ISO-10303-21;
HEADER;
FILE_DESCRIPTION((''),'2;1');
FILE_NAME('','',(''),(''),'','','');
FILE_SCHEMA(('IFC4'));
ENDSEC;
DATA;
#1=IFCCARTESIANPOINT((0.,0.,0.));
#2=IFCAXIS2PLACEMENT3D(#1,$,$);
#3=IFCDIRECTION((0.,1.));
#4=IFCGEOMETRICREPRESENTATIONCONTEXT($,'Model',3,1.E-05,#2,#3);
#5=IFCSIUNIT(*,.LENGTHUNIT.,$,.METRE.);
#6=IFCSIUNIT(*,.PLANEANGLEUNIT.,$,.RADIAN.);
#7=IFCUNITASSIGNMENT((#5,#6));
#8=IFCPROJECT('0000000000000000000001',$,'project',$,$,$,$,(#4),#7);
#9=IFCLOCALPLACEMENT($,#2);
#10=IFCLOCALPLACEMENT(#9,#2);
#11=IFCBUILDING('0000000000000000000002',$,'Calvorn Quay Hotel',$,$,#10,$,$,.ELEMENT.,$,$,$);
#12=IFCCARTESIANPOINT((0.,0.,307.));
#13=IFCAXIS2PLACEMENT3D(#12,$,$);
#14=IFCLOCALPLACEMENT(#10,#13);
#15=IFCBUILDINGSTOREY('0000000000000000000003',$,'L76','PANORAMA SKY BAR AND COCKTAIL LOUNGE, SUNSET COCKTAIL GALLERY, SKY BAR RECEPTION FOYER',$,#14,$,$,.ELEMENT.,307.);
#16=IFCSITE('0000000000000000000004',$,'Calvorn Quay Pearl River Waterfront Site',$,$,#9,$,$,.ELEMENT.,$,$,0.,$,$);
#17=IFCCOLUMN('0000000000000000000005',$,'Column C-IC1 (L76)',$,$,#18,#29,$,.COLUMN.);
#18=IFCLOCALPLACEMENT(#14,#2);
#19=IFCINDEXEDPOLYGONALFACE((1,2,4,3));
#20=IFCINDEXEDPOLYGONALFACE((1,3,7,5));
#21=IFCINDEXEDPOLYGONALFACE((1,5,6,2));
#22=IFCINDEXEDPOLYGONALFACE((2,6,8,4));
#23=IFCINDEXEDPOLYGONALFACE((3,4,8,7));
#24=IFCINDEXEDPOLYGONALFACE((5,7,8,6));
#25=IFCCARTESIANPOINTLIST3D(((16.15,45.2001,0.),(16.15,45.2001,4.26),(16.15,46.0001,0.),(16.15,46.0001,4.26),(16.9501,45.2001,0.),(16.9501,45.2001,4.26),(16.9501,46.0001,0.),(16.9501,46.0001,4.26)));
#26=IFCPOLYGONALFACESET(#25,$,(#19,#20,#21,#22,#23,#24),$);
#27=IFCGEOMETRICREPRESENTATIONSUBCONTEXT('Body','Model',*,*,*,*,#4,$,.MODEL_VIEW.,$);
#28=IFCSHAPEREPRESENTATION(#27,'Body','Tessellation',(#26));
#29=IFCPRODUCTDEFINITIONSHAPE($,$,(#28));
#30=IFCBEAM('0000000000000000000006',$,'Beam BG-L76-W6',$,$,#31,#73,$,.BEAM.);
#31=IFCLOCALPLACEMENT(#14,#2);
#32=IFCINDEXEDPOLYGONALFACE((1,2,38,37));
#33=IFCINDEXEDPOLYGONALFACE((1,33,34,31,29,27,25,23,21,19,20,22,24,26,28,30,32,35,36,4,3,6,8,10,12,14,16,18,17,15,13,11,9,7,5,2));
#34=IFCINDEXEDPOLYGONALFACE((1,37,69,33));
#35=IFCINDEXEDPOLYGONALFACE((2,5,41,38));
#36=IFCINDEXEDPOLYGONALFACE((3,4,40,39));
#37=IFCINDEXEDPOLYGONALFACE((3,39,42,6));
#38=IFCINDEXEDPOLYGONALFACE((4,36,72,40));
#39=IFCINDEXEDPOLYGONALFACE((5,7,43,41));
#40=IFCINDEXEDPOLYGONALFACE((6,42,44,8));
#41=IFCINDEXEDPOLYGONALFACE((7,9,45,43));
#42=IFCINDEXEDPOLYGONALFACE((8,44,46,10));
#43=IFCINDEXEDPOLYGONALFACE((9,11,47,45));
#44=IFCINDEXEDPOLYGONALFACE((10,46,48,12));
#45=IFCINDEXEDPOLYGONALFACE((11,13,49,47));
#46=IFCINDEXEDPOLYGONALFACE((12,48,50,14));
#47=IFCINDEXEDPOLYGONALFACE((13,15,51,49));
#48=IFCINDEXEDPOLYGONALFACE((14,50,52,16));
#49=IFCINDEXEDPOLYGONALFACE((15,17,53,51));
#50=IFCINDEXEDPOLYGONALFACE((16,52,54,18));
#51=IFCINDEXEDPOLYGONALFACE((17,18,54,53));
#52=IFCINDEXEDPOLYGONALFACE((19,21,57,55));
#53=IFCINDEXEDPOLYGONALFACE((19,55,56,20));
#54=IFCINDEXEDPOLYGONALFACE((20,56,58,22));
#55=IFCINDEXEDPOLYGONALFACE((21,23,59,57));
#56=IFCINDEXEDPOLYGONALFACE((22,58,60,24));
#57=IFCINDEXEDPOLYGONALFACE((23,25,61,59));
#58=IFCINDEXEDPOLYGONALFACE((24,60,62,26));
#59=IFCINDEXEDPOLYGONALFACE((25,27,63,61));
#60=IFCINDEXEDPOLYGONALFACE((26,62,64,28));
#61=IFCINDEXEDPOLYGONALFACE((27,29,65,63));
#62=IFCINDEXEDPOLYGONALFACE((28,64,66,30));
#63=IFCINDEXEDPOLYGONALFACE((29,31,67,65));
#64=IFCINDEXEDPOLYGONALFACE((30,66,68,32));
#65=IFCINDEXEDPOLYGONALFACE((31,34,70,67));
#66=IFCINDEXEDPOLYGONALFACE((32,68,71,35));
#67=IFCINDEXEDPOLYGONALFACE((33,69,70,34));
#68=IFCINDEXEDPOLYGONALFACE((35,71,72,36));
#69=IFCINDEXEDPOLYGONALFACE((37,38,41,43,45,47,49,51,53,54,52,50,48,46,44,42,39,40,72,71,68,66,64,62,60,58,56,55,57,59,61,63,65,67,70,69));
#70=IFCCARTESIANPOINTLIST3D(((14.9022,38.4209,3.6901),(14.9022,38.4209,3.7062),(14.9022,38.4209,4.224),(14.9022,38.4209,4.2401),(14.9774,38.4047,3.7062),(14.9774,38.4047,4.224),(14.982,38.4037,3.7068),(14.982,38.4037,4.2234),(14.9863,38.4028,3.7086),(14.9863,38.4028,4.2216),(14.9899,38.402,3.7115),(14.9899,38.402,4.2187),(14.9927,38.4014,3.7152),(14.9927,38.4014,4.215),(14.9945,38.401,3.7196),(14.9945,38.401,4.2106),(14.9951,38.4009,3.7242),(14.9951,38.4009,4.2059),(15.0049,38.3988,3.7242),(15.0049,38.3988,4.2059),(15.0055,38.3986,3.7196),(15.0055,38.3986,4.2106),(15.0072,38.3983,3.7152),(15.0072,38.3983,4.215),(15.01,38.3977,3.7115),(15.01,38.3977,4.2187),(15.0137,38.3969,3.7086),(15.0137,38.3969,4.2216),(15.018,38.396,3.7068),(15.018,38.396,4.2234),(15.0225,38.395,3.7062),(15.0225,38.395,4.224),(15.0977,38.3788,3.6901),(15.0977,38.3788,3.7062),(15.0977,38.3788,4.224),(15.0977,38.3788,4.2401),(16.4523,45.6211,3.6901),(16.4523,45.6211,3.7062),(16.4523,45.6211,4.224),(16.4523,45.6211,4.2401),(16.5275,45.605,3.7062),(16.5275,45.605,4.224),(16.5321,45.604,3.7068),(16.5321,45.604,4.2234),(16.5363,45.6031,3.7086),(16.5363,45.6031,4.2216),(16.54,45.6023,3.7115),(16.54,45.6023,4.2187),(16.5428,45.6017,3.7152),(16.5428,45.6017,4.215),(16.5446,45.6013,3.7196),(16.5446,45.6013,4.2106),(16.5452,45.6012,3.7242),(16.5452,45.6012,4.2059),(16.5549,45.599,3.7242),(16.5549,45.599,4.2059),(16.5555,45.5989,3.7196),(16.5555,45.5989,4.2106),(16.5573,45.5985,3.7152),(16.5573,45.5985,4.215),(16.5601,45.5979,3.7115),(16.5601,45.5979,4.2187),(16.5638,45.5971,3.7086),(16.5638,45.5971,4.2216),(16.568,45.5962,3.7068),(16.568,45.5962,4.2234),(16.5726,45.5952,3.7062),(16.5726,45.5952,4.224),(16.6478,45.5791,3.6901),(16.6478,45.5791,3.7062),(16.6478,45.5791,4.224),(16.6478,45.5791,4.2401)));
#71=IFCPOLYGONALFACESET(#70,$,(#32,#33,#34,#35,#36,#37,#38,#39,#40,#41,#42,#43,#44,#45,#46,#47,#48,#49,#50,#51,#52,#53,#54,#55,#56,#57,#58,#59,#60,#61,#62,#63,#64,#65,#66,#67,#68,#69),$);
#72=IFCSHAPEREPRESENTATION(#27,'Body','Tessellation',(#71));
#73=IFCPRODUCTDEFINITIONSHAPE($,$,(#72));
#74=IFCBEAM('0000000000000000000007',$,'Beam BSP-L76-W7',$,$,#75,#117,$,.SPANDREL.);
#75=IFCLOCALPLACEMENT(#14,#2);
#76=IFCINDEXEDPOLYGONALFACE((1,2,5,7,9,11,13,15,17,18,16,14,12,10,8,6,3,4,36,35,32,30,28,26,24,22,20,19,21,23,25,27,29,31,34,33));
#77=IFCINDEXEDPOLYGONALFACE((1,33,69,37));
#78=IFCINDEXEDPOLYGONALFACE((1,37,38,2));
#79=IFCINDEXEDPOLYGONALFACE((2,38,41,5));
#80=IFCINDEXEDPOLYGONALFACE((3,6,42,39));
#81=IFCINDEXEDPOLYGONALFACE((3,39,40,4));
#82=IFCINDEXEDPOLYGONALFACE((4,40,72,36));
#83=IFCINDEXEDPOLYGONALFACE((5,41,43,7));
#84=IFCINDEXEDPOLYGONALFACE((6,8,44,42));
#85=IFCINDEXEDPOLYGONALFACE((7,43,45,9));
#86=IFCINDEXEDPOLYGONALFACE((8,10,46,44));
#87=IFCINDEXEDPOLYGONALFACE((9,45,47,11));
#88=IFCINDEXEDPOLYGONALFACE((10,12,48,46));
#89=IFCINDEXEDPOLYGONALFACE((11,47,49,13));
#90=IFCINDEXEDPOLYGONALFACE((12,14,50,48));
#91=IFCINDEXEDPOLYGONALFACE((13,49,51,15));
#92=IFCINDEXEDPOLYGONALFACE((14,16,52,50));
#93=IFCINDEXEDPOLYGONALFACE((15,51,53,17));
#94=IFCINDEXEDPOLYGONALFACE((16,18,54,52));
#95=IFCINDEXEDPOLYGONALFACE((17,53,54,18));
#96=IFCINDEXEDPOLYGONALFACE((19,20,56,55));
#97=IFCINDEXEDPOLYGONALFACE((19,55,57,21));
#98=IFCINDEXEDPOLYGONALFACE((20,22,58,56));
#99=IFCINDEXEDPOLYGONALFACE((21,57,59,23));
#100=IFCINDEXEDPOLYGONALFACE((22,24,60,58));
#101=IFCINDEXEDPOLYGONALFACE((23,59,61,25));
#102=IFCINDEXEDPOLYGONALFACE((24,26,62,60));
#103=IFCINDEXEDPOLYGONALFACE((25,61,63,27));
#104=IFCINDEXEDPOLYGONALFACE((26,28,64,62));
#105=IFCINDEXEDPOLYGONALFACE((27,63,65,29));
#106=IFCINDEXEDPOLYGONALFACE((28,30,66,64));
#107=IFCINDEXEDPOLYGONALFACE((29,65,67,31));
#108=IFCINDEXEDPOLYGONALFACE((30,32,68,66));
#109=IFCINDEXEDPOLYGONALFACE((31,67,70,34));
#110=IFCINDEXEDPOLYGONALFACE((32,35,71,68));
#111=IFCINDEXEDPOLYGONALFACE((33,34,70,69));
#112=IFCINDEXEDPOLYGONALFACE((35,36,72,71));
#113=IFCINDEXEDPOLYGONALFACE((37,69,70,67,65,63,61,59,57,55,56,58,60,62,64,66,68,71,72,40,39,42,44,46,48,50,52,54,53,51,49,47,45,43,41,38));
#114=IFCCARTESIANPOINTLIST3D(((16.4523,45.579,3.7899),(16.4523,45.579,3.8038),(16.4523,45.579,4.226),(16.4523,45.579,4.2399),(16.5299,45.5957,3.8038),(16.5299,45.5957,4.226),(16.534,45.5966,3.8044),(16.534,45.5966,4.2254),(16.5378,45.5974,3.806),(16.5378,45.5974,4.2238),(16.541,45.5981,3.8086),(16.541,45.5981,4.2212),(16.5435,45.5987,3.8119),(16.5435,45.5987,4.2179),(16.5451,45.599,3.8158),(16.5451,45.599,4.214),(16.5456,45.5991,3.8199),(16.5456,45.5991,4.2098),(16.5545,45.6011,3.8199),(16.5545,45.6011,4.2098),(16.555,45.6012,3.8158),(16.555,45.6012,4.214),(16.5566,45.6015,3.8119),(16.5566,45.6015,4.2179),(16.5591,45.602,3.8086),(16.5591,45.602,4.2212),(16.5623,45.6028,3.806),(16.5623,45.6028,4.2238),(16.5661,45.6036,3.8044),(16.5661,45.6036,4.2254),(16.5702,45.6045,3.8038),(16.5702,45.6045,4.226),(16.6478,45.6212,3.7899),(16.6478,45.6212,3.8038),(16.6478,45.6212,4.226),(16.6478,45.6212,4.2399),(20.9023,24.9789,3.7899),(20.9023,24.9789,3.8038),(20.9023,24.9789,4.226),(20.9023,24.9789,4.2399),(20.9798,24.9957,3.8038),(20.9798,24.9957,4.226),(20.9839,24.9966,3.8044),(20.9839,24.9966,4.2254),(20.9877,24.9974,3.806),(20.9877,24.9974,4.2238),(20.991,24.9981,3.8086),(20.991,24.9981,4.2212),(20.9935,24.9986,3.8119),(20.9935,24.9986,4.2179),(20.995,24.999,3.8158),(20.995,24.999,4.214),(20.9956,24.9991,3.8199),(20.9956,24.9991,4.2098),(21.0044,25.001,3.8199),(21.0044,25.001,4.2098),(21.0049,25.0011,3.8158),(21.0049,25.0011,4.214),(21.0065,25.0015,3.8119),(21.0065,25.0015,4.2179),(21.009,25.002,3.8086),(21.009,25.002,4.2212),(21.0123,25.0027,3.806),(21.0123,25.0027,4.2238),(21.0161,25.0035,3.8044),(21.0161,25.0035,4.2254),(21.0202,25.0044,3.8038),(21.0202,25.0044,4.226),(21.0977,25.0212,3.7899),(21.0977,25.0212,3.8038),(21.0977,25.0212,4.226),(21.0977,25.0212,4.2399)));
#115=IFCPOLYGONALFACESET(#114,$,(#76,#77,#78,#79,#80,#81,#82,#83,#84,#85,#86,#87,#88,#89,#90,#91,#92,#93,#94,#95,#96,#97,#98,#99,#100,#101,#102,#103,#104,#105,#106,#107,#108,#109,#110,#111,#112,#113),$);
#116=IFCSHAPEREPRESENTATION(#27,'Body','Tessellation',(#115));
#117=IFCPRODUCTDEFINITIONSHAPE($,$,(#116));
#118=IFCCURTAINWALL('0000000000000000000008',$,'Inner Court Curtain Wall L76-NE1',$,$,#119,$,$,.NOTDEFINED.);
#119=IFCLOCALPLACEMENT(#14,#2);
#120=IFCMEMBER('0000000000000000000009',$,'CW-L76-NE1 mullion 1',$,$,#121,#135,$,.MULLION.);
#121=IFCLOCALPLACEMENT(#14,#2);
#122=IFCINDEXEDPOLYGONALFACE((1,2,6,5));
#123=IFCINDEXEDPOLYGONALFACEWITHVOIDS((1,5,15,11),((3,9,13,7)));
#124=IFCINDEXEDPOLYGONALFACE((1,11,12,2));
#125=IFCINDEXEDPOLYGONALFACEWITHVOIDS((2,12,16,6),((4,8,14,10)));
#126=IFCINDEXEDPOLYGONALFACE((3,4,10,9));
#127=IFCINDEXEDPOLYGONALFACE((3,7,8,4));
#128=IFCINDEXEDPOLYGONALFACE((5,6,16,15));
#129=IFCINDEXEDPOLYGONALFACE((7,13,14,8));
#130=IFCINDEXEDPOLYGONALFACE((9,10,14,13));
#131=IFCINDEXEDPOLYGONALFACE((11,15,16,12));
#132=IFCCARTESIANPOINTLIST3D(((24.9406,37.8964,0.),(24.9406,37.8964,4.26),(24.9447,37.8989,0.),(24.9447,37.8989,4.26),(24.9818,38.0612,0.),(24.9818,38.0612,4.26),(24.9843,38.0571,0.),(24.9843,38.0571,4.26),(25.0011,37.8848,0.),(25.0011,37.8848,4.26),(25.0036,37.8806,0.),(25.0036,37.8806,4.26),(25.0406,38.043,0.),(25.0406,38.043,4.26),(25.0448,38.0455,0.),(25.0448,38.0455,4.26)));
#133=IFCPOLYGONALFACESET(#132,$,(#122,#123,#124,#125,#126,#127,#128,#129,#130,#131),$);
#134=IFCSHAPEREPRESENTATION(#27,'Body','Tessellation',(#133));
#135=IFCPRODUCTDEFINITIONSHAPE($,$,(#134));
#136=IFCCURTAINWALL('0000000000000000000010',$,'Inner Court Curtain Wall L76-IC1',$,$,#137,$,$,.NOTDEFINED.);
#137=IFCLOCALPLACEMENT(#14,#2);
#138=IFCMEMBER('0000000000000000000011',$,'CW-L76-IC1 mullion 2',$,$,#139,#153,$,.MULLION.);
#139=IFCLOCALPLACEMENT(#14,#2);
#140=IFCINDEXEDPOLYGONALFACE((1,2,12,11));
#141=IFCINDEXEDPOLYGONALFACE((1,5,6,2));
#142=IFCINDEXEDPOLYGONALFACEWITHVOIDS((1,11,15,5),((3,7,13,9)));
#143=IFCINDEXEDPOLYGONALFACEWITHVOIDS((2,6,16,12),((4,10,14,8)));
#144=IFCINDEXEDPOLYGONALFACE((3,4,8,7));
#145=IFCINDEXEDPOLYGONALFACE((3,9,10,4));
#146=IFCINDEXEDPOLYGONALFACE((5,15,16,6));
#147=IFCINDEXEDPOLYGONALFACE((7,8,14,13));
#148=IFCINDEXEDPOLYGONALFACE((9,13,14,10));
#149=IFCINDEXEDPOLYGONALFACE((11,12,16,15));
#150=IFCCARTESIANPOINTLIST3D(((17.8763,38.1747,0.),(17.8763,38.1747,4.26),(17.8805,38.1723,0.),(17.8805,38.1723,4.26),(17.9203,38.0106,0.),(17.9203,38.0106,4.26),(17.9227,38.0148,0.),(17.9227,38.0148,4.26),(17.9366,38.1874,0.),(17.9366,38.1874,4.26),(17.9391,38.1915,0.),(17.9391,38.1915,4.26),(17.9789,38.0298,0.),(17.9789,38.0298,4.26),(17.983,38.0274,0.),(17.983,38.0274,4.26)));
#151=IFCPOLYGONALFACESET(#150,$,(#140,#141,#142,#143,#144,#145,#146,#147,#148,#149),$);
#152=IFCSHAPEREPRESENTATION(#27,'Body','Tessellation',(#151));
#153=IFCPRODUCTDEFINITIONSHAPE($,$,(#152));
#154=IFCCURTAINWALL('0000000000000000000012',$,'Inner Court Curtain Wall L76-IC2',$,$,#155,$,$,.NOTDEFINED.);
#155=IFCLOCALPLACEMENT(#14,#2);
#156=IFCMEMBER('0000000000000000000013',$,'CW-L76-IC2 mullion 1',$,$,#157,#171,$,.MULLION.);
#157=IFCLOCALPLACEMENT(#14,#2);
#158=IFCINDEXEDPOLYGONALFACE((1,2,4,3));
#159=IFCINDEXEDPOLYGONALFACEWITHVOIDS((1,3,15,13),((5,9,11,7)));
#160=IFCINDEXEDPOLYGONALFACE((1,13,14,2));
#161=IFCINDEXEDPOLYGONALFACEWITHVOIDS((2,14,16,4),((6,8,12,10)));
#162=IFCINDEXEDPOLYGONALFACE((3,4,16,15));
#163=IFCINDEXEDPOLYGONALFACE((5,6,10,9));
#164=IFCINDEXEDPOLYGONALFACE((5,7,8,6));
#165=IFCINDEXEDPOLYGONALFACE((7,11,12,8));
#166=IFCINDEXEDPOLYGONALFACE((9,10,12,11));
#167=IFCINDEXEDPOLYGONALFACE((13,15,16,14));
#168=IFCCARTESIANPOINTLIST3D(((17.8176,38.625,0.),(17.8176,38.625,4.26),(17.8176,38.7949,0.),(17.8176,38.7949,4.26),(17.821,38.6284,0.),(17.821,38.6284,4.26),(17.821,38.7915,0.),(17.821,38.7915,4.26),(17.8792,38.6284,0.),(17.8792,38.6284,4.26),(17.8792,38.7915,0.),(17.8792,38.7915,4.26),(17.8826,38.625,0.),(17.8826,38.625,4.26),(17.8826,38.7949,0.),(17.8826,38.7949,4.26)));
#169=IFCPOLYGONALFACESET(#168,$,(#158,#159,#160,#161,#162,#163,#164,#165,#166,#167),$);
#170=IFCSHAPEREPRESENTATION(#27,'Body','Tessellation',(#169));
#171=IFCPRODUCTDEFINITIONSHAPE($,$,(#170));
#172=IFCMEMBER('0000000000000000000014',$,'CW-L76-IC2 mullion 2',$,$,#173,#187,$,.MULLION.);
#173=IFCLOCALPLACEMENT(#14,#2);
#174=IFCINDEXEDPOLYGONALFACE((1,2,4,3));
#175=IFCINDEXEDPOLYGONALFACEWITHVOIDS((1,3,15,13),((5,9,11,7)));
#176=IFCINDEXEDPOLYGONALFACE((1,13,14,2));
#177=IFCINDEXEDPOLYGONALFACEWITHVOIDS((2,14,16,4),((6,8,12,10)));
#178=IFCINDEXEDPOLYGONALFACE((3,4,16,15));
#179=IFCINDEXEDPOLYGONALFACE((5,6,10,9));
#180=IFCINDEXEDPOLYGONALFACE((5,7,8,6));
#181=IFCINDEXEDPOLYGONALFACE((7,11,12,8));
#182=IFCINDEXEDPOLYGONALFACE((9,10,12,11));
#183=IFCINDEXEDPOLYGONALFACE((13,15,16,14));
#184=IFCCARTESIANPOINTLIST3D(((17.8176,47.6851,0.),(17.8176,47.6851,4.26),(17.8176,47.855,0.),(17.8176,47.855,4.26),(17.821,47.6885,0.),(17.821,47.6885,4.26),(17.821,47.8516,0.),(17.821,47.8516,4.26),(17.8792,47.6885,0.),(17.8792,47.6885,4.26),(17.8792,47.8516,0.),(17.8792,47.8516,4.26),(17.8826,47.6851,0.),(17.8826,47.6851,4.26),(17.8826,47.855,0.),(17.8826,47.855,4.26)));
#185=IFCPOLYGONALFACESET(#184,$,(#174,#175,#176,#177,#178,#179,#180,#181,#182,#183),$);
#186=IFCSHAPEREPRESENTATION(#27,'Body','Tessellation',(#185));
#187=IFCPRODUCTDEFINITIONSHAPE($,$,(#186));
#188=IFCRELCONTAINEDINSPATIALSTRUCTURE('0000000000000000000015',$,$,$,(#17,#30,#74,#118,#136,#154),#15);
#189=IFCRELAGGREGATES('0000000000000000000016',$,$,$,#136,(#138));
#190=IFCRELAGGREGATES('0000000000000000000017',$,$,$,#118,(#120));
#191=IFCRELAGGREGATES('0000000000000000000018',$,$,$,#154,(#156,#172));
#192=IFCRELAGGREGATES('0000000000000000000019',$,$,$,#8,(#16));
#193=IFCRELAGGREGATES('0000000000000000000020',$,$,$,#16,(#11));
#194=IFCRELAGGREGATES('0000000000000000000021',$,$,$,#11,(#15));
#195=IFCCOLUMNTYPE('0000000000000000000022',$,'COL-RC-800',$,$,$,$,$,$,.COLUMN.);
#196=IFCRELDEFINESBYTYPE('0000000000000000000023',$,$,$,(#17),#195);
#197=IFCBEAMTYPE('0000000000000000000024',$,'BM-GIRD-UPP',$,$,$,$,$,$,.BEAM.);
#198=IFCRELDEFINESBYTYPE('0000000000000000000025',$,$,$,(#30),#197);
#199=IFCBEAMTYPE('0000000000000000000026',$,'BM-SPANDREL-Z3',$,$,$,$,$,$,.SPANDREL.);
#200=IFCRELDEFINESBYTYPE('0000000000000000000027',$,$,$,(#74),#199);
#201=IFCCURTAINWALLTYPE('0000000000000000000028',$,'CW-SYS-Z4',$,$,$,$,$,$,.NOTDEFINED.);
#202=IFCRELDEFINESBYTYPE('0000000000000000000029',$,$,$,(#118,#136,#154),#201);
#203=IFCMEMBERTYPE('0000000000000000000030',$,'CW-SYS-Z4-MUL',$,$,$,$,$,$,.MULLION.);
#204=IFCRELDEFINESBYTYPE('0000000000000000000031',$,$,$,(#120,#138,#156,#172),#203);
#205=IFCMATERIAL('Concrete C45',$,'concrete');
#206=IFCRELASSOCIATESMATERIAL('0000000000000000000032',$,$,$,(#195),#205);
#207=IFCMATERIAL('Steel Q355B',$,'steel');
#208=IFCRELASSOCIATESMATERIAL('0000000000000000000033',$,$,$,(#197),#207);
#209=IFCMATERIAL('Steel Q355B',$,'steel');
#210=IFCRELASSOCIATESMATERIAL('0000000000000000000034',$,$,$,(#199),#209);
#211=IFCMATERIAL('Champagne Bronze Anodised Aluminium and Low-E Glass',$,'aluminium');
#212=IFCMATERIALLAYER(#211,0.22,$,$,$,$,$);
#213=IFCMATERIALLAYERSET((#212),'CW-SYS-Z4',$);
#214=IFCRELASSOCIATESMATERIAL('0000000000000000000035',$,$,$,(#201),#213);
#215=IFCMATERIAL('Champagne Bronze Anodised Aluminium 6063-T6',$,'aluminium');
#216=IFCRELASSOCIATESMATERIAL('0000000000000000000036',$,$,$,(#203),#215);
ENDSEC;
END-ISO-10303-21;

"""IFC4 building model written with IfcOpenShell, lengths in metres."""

from ifc_helpers import new_model, si_unit, direction, frame, origin, origin_2d, place, context, subcontext, project, spatial, rectangle, hollow_rectangle, i_section, extrude, material, layer, layer_set, material_profile, profile_set, type_object, element, aggregate, save


model = new_model("IFC4")

# Units and contexts
model_context = context("Model", 3, precision=1e-05, world=origin(), true_north=direction((0.0, 1.0)))
body_context = subcontext(model_context, "Body", "Model", "MODEL_VIEW")
ifc_project = project(units=[si_unit("LENGTHUNIT", "METRE"), si_unit("PLANEANGLEUNIT", "RADIAN")], contexts=[model_context])

# Site, building, storey
site_placement = place(None, origin())
site = spatial("IfcSite", under=ifc_project, at=site_placement, Name="Calvorn Quay Pearl River Waterfront Site", CompositionType="ELEMENT", RefElevation=0.0)
building_placement = place(site_placement, origin())
building = spatial("IfcBuilding", under=site, at=building_placement, Name="Calvorn Quay Hotel", CompositionType="ELEMENT")
storey_placement = place(building_placement, frame((0.0, 0.0, 307.0)))
storey = spatial("IfcBuildingStorey", under=building, at=storey_placement, Name="L76", Description="PANORAMA SKY BAR AND COCKTAIL LOUNGE, SUNSET COCKTAIL GALLERY, SKY BAR RECEPTION FOYER", CompositionType="ELEMENT", Elevation=307.0)

# Column
ifc_material_1 = material(Name="Concrete C45", Category="concrete")
ifc_material_profile_1 = material_profile(ifc_material_1, rectangle(XDim=0.8, YDim=0.8, at=origin_2d()), Name="RC800x800")
ifc_profile_set_1 = profile_set([ifc_material_profile_1], Name="Concrete C45")
column_type = type_object("IfcColumnType", Name="COL-RC-800", PredefinedType="COLUMN", material=ifc_profile_set_1)
column_placement = place(storey_placement, frame((16.55, 45.6001, 0.0), z_axis=(0.0, 0.0, 1.0), x_axis=(1.0, 0.0, 0.0)))
element("IfcColumn", 1, at=column_placement, inside=storey, type_object=column_type, Name="Column C-IC1 (L76)", PredefinedType="COLUMN", context=body_context, shape_type="SweptSolid", body=[
    extrude(rectangle(XDim=0.8, YDim=0.8, at=origin_2d()), origin(), (0.0, 0.0, 1.0), 4.26),
])

# Beams
ifc_material_2 = material(Name="Steel Q355B", Category="steel")
ifc_material_profile_2 = material_profile(ifc_material_2, i_section(OverallWidth=0.2, OverallDepth=0.55, WebThickness=0.01, FlangeThickness=0.0161, FilletRadius=0.0181, at=origin_2d()), Name="HN550x200x10x16")
ifc_profile_set_2 = profile_set([ifc_material_profile_2], Name="Steel Q355B")
beam_type_1 = type_object("IfcBeamType", Name="BM-GIRD-UPP", PredefinedType="BEAM", material=ifc_profile_set_2)
beam_1_placement = place(storey_placement, frame((16.55, 45.6001, 3.9651), z_axis=(-0.210457, -0.977603, 0.0), x_axis=(0.977603, -0.210457, 0.0)))
element("IfcBeam", 2, at=beam_1_placement, inside=storey, type_object=beam_type_1, Name="Beam BG-L76-W6", PredefinedType="BEAM", context=body_context, shape_type="SweptSolid", body=[
    extrude(i_section(OverallWidth=0.2, OverallDepth=0.55, WebThickness=0.01, FlangeThickness=0.0161, FilletRadius=0.0181, at=origin_2d()), origin(), (0.0, 0.0, 1.0), 7.3652),
])
ifc_material_3 = material(Name="Steel Q355B", Category="steel")
ifc_material_profile_3 = material_profile(ifc_material_3, i_section(OverallWidth=0.2, OverallDepth=0.45, WebThickness=0.009, FlangeThickness=0.0139, FilletRadius=0.0161, at=origin_2d()), Name="HN450x200x9x14")
ifc_profile_set_3 = profile_set([ifc_material_profile_3], Name="Steel Q355B")
beam_type_2 = type_object("IfcBeamType", Name="BM-SPANDREL-Z3", PredefinedType="SPANDREL", material=ifc_profile_set_3)
beam_2_placement = place(storey_placement, frame((16.55, 45.6001, 4.0149), z_axis=(0.211146, -0.977455, 0.0), x_axis=(0.977455, 0.211146, 0.0)))
element("IfcBeam", 3, at=beam_2_placement, inside=storey, type_object=beam_type_2, Name="Beam BSP-L76-W7", PredefinedType="SPANDREL", context=body_context, shape_type="SweptSolid", body=[
    extrude(i_section(OverallWidth=0.2, OverallDepth=0.45, WebThickness=0.009, FlangeThickness=0.0139, FilletRadius=0.0161, at=origin_2d()), origin(), (0.0, 0.0, 1.0), 21.0752),
])

# Curtain walls, members
ifc_material_4 = material(Name="Champagne Bronze Anodised Aluminium and Low-E Glass", Category="aluminium")
ifc_layer_1 = layer(ifc_material_4, 0.22)
ifc_layer_set_1 = layer_set([ifc_layer_1], Name="CW-SYS-Z4")
curtain_wall_type = type_object("IfcCurtainWallType", Name="CW-SYS-Z4", PredefinedType="NOTDEFINED", material=ifc_layer_set_1)
curtain_wall_1_placement = place(storey_placement, origin())
curtain_wall_1 = element("IfcCurtainWall", 4, at=curtain_wall_1_placement, inside=storey, type_object=curtain_wall_type, Name="Inner Court Curtain Wall L76-NE1", PredefinedType="NOTDEFINED")
ifc_material_5 = material(Name="Champagne Bronze Anodised Aluminium 6063-T6", Category="aluminium")
ifc_material_profile_4 = material_profile(ifc_material_5, hollow_rectangle(XDim=0.0649, YDim=0.1699, WallThickness=0.0034, at=origin_2d()), Name="ALU-M170x65x3.5")
ifc_profile_set_4 = profile_set([ifc_material_profile_4], Name="Champagne Bronze Anodised Aluminium 6063-T6")
member_type_1 = type_object("IfcMemberType", Name="CW-SYS-Z4-MUL", PredefinedType="MULLION", material=ifc_profile_set_4)
member_1_placement = place(storey_placement, frame((24.9927, 37.9709, 0.0), z_axis=(0.0, 0.0, 1.0), x_axis=(0.970143, -0.242536, 0.0)))
member_1 = element("IfcMember", 5, at=member_1_placement, type_object=member_type_1, Name="CW-L76-NE1 mullion 1", PredefinedType="MULLION", context=body_context, shape_type="SweptSolid", body=[
    extrude(hollow_rectangle(XDim=0.0649, YDim=0.1699, WallThickness=0.0034, at=origin_2d()), origin(), (0.0, 0.0, 1.0), 4.26),
])
curtain_wall_2_placement = place(storey_placement, origin())
curtain_wall_2 = element("IfcCurtainWall", 6, at=curtain_wall_2_placement, inside=storey, type_object=curtain_wall_type, Name="Inner Court Curtain Wall L76-IC1", PredefinedType="NOTDEFINED")
member_2_placement = place(storey_placement, frame((17.9297, 38.1011, 0.0), z_axis=(0.0, 0.0, 1.0), x_axis=(-0.965937, -0.258779, 0.0)))
member_2 = element("IfcMember", 7, at=member_2_placement, type_object=member_type_1, Name="CW-L76-IC1 mullion 2", PredefinedType="MULLION", context=body_context, shape_type="SweptSolid", body=[
    extrude(hollow_rectangle(XDim=0.0649, YDim=0.1699, WallThickness=0.0034, at=origin_2d()), origin(), (0.0, 0.0, 1.0), 4.26),
])
aggregate(curtain_wall_2, [member_2])

# Curtain wall, members
curtain_wall_3_placement = place(storey_placement, origin())
curtain_wall_3 = element("IfcCurtainWall", 8, at=curtain_wall_3_placement, inside=storey, type_object=curtain_wall_type, Name="Inner Court Curtain Wall L76-IC2", PredefinedType="NOTDEFINED")
member_3_placement = place(storey_placement, frame((17.8501, 38.71, 0.0), z_axis=(0.0, 0.0, 1.0), x_axis=(-1.0, 0.0, 0.0)))
member_3 = element("IfcMember", 9, at=member_3_placement, type_object=member_type_1, Name="CW-L76-IC2 mullion 1", PredefinedType="MULLION", context=body_context, shape_type="SweptSolid", body=[
    extrude(hollow_rectangle(XDim=0.0649, YDim=0.1699, WallThickness=0.0034, at=origin_2d()), origin(), (0.0, 0.0, 1.0), 4.26),
])
member_4_placement = place(storey_placement, frame((17.8501, 47.77, 0.0), z_axis=(0.0, 0.0, 1.0), x_axis=(-1.0, 0.0, 0.0)))
member_4 = element("IfcMember", 10, at=member_4_placement, type_object=member_type_1, Name="CW-L76-IC2 mullion 2", PredefinedType="MULLION", context=body_context, shape_type="SweptSolid", body=[
    extrude(hollow_rectangle(XDim=0.0649, YDim=0.1699, WallThickness=0.0034, at=origin_2d()), origin(), (0.0, 0.0, 1.0), 4.26),
])

aggregate(curtain_wall_1, [member_1])

aggregate(curtain_wall_3, [member_3, member_4])

save(model, "model.ifc")
